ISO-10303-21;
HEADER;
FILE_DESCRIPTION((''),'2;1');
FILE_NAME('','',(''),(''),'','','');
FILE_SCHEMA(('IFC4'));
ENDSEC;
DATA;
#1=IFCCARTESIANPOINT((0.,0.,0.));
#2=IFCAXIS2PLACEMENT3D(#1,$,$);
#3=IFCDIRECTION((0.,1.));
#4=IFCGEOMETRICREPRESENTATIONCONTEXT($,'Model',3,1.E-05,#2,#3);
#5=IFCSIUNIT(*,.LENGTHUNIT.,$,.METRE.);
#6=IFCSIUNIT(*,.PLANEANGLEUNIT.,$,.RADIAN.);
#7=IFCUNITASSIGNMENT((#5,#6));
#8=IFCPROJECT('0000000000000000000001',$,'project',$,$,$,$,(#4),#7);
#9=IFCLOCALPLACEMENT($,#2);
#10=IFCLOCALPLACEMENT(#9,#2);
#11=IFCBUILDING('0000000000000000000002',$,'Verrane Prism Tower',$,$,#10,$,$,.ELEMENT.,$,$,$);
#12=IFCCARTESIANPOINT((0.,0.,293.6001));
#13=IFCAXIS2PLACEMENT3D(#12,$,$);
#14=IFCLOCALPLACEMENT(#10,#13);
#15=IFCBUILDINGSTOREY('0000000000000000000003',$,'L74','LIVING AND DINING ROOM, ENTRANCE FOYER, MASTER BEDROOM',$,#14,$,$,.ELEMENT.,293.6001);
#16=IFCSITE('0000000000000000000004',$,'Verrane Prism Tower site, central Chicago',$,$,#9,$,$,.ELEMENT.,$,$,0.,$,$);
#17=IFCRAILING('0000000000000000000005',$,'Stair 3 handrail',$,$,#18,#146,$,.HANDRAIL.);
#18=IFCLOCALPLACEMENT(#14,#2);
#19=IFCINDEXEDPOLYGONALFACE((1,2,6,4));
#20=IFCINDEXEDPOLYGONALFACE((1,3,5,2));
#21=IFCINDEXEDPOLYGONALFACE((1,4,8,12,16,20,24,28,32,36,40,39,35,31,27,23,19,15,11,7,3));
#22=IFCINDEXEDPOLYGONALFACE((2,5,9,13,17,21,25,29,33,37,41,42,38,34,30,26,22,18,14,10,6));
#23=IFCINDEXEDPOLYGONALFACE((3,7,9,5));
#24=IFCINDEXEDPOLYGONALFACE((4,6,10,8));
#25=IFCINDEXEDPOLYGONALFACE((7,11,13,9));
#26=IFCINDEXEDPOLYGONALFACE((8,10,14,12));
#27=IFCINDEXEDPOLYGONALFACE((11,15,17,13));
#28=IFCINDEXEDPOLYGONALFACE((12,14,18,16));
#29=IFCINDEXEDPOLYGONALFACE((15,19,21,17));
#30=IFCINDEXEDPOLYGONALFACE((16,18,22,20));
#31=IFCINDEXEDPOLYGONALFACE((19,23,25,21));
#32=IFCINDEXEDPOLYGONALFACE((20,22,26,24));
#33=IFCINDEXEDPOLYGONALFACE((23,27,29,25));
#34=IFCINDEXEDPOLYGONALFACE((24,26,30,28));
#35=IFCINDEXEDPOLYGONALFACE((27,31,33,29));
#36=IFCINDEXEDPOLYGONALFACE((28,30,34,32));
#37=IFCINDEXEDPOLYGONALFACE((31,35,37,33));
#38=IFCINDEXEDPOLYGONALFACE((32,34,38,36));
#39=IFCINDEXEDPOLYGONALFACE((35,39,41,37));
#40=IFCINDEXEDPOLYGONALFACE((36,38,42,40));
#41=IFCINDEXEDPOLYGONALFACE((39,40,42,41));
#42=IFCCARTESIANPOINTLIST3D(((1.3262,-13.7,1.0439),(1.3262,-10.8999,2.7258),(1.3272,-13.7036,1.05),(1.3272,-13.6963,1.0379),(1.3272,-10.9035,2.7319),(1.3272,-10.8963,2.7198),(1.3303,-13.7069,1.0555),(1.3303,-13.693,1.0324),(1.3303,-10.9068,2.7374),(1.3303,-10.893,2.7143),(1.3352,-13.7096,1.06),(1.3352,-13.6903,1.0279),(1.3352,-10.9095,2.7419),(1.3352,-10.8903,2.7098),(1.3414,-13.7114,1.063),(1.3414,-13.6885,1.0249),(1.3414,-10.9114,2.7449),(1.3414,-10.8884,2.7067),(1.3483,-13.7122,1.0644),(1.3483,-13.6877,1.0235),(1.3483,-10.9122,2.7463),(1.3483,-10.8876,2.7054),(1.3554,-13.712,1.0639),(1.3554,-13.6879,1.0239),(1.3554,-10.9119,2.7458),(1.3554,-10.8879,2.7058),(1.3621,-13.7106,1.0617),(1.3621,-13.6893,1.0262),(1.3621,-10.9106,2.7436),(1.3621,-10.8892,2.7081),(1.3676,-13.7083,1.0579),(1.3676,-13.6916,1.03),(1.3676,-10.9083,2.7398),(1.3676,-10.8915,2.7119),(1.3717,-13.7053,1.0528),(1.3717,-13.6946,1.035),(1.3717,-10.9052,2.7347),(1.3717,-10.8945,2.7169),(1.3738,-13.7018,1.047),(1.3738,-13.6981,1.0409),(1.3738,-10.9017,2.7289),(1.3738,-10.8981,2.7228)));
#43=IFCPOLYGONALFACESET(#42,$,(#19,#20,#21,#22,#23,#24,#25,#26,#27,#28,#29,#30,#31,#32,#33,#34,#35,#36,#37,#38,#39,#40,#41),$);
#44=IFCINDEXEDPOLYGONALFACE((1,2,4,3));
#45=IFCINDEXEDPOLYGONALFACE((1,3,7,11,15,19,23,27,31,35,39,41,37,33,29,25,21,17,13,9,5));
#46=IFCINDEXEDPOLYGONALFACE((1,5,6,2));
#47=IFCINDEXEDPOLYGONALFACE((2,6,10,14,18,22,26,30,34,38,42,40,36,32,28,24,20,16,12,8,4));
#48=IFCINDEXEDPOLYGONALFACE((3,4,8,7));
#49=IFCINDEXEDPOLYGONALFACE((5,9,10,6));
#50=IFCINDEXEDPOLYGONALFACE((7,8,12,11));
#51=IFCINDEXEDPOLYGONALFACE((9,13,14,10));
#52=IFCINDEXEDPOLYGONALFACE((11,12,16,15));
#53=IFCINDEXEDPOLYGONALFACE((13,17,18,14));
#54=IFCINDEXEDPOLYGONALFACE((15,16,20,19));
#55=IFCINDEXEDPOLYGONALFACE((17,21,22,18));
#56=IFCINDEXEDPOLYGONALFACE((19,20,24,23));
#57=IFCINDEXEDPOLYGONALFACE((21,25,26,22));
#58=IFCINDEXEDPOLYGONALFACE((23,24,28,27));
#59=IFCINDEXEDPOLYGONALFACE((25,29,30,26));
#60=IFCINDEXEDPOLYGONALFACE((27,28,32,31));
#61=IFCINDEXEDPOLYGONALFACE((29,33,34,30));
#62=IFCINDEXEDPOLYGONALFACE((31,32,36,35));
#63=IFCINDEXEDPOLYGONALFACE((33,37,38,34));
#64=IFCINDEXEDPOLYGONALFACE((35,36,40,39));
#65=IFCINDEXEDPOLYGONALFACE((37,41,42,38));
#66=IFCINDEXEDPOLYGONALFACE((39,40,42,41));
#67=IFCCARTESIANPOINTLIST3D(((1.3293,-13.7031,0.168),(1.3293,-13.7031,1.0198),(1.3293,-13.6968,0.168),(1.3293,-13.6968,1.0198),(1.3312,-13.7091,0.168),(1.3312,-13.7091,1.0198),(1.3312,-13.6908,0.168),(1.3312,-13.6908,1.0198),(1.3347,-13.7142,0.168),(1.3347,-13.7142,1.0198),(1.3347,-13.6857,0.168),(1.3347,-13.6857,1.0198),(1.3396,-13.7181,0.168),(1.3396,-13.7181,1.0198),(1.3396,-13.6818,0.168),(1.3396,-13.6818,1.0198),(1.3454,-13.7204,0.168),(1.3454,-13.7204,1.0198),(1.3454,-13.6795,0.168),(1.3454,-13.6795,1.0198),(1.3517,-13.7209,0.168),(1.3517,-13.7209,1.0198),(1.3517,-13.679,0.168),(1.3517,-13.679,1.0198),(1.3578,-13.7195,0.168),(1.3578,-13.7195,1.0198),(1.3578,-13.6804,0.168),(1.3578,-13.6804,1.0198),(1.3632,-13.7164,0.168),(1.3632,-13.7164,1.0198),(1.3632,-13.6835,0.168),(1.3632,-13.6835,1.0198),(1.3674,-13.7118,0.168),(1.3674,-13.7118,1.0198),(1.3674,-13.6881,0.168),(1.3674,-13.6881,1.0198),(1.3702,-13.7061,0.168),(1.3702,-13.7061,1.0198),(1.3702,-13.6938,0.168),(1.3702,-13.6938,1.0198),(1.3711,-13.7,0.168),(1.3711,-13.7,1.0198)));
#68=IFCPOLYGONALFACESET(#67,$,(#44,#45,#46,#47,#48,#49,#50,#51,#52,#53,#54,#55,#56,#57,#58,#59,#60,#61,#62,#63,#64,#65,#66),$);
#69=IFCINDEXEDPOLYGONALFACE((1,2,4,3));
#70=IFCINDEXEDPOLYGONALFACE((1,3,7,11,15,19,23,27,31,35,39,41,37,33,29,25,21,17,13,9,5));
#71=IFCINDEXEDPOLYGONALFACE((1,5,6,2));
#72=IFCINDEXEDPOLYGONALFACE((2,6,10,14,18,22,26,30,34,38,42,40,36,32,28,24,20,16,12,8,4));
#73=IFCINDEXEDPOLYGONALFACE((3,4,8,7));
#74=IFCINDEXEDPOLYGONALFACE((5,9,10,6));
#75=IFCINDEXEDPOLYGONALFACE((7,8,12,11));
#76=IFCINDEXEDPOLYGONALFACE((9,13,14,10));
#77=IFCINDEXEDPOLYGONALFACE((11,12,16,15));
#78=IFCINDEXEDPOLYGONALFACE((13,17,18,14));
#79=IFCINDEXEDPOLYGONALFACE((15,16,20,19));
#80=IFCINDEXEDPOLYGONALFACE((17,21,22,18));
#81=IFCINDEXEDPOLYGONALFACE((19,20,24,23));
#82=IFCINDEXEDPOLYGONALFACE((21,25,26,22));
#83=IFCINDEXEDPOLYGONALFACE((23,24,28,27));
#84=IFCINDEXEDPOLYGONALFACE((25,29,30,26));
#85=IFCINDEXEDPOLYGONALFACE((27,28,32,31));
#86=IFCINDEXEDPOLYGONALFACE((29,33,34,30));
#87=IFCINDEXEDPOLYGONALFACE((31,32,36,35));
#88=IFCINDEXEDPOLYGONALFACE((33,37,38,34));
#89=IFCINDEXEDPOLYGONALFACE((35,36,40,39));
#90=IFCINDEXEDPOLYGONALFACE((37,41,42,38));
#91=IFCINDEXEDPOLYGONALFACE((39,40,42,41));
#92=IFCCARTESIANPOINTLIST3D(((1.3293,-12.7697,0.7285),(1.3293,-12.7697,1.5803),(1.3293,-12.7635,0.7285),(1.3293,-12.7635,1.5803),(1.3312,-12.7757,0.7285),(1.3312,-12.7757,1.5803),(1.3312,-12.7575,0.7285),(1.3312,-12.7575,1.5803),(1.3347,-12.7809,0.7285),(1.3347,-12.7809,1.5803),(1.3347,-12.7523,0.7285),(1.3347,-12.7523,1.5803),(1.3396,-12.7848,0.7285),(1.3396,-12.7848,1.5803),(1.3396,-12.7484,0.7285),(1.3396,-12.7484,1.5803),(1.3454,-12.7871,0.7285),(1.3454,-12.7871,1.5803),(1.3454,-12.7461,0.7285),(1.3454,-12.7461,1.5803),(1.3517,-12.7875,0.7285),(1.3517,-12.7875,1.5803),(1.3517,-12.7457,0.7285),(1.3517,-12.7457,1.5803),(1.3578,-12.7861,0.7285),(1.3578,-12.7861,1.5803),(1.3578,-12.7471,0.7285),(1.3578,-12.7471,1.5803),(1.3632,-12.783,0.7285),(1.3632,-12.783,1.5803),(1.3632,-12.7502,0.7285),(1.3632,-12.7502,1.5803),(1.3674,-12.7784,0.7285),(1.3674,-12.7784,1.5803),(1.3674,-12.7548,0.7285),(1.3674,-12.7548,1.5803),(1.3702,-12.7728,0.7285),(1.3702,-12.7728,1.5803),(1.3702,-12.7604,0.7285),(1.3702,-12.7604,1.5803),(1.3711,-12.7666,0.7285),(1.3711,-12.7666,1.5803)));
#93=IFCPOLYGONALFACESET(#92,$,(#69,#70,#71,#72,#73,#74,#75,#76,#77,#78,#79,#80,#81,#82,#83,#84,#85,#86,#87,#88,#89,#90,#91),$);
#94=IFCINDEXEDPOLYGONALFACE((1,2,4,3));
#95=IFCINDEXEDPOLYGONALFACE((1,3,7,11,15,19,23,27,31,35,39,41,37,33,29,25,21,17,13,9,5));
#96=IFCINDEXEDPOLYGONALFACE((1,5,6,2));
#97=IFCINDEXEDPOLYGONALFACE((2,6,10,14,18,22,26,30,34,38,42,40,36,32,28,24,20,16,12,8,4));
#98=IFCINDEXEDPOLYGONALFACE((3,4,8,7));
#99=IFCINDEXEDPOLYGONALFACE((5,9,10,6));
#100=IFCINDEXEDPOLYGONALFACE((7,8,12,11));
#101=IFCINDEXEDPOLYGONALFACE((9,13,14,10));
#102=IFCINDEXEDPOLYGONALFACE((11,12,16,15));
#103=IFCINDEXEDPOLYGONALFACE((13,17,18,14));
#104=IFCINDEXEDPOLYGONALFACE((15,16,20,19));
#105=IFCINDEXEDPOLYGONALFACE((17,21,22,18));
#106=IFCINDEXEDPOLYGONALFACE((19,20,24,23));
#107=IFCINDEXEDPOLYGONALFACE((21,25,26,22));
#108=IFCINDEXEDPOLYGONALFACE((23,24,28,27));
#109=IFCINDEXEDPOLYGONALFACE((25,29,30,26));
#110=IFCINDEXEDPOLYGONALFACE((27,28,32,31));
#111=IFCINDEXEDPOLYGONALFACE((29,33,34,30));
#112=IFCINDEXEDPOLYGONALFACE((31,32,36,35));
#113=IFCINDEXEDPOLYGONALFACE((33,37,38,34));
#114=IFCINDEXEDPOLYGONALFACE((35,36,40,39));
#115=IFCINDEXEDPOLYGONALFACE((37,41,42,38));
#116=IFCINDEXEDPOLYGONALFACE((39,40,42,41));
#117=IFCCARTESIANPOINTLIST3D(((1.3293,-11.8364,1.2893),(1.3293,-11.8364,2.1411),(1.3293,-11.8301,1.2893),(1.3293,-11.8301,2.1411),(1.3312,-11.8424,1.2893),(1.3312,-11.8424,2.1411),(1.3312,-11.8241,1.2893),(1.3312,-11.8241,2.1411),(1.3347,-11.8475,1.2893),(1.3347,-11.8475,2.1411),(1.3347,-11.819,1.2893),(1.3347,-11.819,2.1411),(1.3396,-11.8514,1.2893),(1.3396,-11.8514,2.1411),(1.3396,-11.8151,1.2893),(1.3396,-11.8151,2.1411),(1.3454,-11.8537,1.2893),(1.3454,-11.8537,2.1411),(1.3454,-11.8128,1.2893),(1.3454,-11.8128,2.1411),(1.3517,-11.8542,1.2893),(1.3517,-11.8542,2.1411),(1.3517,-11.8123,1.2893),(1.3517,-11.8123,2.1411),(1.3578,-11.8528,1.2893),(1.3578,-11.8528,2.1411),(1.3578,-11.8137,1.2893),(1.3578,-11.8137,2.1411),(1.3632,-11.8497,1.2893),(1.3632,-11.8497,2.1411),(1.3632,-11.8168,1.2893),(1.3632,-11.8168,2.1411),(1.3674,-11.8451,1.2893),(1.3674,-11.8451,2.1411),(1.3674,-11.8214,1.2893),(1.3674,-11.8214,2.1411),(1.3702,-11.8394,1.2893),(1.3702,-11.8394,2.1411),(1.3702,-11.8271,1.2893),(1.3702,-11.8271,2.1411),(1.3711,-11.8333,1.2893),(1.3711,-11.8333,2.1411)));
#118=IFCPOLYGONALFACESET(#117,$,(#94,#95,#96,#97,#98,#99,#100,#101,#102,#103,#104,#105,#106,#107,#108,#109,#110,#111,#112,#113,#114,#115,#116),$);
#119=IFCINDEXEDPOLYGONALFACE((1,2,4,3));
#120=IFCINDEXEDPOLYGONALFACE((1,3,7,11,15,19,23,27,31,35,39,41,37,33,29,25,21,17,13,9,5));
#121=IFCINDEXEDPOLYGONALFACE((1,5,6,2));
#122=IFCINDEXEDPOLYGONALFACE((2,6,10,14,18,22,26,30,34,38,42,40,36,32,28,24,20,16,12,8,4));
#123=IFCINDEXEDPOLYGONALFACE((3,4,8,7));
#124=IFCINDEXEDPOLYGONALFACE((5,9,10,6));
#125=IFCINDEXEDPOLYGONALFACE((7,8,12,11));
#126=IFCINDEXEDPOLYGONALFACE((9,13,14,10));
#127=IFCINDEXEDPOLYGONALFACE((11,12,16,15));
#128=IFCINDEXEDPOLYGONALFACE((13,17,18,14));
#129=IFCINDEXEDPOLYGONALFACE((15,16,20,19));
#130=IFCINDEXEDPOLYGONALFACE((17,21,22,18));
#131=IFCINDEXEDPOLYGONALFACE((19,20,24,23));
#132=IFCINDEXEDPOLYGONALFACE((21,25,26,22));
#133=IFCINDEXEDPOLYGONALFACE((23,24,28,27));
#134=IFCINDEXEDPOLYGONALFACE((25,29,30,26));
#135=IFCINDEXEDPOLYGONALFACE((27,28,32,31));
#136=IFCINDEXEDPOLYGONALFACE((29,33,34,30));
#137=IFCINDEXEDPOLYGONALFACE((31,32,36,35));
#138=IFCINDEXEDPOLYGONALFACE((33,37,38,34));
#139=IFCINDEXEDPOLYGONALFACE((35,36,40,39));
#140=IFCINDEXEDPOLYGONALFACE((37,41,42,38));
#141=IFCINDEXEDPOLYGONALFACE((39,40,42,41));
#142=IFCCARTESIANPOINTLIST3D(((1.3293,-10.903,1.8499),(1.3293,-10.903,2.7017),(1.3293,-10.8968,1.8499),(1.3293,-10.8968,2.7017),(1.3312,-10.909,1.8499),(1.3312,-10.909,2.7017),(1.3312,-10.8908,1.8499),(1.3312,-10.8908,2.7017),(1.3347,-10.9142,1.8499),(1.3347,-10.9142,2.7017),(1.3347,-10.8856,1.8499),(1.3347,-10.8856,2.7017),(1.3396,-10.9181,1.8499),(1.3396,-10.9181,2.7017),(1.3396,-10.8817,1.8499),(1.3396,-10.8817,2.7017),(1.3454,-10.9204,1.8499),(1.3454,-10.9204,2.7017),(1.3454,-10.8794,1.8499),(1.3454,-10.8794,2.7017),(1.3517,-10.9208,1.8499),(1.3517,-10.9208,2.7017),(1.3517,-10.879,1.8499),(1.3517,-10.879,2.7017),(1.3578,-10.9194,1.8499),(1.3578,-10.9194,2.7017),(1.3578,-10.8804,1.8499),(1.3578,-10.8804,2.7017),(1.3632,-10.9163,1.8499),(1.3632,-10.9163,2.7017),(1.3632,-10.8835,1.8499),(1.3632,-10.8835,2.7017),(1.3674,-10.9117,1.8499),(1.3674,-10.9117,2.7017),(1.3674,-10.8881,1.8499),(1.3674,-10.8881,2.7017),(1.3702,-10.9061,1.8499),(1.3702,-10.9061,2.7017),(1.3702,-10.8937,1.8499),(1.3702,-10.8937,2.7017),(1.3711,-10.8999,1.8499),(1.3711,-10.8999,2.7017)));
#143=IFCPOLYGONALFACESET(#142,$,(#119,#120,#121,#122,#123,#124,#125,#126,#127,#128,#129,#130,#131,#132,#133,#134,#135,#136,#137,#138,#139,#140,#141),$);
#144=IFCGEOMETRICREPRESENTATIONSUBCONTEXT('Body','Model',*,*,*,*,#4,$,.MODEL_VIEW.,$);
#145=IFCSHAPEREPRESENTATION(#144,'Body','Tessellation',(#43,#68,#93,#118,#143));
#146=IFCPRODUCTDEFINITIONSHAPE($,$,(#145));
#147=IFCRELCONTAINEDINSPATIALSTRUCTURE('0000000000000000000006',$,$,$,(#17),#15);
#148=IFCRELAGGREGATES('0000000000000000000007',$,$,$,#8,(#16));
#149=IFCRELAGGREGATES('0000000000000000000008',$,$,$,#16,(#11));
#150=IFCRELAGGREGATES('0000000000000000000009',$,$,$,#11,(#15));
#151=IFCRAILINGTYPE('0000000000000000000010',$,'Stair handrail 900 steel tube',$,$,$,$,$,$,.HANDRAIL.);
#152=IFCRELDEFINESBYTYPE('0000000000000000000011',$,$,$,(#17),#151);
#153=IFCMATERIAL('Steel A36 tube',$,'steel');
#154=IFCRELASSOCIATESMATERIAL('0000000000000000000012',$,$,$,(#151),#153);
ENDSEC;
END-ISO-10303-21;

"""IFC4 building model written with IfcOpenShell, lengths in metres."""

from ifc_helpers import new_model, si_unit, direction, frame, origin, origin_2d, place, context, subcontext, project, spatial, circle, extrude, material, type_object, element, save


model = new_model("IFC4")

# Units and contexts
model_context = context("Model", 3, precision=1e-05, world=origin(), true_north=direction((0.0, 1.0)))
body_context = subcontext(model_context, "Body", "Model", "MODEL_VIEW")
ifc_project = project(units=[si_unit("LENGTHUNIT", "METRE"), si_unit("PLANEANGLEUNIT", "RADIAN")], contexts=[model_context])

# Site, building, storey
site_placement = place(None, origin())
site = spatial("IfcSite", under=ifc_project, at=site_placement, Name="Verrane Prism Tower site, central Chicago", CompositionType="ELEMENT", RefElevation=0.0)
building_placement = place(site_placement, origin())
building = spatial("IfcBuilding", under=site, at=building_placement, Name="Verrane Prism Tower", CompositionType="ELEMENT")
storey_placement = place(building_placement, frame((0.0, 0.0, 293.6001)))
storey = spatial("IfcBuildingStorey", under=building, at=storey_placement, Name="L74", Description="LIVING AND DINING ROOM, ENTRANCE FOYER, MASTER BEDROOM", CompositionType="ELEMENT", Elevation=293.6001)

# Railing
ifc_material_1 = material(Name="Steel A36 tube", Category="steel")
railing_type_1 = type_object("IfcRailingType", Name="Stair handrail 900 steel tube", PredefinedType="HANDRAIL", material=ifc_material_1)
railing_1_placement = place(storey_placement, frame((1.3501, -13.7, 0.168)))
element("IfcRailing", 1, at=railing_1_placement, inside=storey, type_object=railing_type_1, Name="Stair 3 handrail", PredefinedType="HANDRAIL", context=body_context, shape_type="SweptSolid", body=[
    extrude(circle(Radius=0.0239, at=origin_2d()), frame((0.0, 0.0, 0.876), z_axis=(0.0, 0.857242, 0.514913), x_axis=(-1.0, 0.0, 0.0)), (0.0, 0.0, 1.0), 3.2664),
    extrude(circle(Radius=0.021, at=origin_2d()), origin(), (0.0, 0.0, 1.0), 0.8518),
    extrude(circle(Radius=0.021, at=origin_2d()), frame((0.0, 0.9333, 0.5605)), (0.0, 0.0, 1.0), 0.8518),
    extrude(circle(Radius=0.021, at=origin_2d()), frame((0.0, 1.8667, 1.1213)), (0.0, 0.0, 1.0), 0.8518),
    extrude(circle(Radius=0.021, at=origin_2d()), frame((0.0, 2.8, 1.6819)), (0.0, 0.0, 1.0), 0.8518),
])

save(model, "model.ifc")
